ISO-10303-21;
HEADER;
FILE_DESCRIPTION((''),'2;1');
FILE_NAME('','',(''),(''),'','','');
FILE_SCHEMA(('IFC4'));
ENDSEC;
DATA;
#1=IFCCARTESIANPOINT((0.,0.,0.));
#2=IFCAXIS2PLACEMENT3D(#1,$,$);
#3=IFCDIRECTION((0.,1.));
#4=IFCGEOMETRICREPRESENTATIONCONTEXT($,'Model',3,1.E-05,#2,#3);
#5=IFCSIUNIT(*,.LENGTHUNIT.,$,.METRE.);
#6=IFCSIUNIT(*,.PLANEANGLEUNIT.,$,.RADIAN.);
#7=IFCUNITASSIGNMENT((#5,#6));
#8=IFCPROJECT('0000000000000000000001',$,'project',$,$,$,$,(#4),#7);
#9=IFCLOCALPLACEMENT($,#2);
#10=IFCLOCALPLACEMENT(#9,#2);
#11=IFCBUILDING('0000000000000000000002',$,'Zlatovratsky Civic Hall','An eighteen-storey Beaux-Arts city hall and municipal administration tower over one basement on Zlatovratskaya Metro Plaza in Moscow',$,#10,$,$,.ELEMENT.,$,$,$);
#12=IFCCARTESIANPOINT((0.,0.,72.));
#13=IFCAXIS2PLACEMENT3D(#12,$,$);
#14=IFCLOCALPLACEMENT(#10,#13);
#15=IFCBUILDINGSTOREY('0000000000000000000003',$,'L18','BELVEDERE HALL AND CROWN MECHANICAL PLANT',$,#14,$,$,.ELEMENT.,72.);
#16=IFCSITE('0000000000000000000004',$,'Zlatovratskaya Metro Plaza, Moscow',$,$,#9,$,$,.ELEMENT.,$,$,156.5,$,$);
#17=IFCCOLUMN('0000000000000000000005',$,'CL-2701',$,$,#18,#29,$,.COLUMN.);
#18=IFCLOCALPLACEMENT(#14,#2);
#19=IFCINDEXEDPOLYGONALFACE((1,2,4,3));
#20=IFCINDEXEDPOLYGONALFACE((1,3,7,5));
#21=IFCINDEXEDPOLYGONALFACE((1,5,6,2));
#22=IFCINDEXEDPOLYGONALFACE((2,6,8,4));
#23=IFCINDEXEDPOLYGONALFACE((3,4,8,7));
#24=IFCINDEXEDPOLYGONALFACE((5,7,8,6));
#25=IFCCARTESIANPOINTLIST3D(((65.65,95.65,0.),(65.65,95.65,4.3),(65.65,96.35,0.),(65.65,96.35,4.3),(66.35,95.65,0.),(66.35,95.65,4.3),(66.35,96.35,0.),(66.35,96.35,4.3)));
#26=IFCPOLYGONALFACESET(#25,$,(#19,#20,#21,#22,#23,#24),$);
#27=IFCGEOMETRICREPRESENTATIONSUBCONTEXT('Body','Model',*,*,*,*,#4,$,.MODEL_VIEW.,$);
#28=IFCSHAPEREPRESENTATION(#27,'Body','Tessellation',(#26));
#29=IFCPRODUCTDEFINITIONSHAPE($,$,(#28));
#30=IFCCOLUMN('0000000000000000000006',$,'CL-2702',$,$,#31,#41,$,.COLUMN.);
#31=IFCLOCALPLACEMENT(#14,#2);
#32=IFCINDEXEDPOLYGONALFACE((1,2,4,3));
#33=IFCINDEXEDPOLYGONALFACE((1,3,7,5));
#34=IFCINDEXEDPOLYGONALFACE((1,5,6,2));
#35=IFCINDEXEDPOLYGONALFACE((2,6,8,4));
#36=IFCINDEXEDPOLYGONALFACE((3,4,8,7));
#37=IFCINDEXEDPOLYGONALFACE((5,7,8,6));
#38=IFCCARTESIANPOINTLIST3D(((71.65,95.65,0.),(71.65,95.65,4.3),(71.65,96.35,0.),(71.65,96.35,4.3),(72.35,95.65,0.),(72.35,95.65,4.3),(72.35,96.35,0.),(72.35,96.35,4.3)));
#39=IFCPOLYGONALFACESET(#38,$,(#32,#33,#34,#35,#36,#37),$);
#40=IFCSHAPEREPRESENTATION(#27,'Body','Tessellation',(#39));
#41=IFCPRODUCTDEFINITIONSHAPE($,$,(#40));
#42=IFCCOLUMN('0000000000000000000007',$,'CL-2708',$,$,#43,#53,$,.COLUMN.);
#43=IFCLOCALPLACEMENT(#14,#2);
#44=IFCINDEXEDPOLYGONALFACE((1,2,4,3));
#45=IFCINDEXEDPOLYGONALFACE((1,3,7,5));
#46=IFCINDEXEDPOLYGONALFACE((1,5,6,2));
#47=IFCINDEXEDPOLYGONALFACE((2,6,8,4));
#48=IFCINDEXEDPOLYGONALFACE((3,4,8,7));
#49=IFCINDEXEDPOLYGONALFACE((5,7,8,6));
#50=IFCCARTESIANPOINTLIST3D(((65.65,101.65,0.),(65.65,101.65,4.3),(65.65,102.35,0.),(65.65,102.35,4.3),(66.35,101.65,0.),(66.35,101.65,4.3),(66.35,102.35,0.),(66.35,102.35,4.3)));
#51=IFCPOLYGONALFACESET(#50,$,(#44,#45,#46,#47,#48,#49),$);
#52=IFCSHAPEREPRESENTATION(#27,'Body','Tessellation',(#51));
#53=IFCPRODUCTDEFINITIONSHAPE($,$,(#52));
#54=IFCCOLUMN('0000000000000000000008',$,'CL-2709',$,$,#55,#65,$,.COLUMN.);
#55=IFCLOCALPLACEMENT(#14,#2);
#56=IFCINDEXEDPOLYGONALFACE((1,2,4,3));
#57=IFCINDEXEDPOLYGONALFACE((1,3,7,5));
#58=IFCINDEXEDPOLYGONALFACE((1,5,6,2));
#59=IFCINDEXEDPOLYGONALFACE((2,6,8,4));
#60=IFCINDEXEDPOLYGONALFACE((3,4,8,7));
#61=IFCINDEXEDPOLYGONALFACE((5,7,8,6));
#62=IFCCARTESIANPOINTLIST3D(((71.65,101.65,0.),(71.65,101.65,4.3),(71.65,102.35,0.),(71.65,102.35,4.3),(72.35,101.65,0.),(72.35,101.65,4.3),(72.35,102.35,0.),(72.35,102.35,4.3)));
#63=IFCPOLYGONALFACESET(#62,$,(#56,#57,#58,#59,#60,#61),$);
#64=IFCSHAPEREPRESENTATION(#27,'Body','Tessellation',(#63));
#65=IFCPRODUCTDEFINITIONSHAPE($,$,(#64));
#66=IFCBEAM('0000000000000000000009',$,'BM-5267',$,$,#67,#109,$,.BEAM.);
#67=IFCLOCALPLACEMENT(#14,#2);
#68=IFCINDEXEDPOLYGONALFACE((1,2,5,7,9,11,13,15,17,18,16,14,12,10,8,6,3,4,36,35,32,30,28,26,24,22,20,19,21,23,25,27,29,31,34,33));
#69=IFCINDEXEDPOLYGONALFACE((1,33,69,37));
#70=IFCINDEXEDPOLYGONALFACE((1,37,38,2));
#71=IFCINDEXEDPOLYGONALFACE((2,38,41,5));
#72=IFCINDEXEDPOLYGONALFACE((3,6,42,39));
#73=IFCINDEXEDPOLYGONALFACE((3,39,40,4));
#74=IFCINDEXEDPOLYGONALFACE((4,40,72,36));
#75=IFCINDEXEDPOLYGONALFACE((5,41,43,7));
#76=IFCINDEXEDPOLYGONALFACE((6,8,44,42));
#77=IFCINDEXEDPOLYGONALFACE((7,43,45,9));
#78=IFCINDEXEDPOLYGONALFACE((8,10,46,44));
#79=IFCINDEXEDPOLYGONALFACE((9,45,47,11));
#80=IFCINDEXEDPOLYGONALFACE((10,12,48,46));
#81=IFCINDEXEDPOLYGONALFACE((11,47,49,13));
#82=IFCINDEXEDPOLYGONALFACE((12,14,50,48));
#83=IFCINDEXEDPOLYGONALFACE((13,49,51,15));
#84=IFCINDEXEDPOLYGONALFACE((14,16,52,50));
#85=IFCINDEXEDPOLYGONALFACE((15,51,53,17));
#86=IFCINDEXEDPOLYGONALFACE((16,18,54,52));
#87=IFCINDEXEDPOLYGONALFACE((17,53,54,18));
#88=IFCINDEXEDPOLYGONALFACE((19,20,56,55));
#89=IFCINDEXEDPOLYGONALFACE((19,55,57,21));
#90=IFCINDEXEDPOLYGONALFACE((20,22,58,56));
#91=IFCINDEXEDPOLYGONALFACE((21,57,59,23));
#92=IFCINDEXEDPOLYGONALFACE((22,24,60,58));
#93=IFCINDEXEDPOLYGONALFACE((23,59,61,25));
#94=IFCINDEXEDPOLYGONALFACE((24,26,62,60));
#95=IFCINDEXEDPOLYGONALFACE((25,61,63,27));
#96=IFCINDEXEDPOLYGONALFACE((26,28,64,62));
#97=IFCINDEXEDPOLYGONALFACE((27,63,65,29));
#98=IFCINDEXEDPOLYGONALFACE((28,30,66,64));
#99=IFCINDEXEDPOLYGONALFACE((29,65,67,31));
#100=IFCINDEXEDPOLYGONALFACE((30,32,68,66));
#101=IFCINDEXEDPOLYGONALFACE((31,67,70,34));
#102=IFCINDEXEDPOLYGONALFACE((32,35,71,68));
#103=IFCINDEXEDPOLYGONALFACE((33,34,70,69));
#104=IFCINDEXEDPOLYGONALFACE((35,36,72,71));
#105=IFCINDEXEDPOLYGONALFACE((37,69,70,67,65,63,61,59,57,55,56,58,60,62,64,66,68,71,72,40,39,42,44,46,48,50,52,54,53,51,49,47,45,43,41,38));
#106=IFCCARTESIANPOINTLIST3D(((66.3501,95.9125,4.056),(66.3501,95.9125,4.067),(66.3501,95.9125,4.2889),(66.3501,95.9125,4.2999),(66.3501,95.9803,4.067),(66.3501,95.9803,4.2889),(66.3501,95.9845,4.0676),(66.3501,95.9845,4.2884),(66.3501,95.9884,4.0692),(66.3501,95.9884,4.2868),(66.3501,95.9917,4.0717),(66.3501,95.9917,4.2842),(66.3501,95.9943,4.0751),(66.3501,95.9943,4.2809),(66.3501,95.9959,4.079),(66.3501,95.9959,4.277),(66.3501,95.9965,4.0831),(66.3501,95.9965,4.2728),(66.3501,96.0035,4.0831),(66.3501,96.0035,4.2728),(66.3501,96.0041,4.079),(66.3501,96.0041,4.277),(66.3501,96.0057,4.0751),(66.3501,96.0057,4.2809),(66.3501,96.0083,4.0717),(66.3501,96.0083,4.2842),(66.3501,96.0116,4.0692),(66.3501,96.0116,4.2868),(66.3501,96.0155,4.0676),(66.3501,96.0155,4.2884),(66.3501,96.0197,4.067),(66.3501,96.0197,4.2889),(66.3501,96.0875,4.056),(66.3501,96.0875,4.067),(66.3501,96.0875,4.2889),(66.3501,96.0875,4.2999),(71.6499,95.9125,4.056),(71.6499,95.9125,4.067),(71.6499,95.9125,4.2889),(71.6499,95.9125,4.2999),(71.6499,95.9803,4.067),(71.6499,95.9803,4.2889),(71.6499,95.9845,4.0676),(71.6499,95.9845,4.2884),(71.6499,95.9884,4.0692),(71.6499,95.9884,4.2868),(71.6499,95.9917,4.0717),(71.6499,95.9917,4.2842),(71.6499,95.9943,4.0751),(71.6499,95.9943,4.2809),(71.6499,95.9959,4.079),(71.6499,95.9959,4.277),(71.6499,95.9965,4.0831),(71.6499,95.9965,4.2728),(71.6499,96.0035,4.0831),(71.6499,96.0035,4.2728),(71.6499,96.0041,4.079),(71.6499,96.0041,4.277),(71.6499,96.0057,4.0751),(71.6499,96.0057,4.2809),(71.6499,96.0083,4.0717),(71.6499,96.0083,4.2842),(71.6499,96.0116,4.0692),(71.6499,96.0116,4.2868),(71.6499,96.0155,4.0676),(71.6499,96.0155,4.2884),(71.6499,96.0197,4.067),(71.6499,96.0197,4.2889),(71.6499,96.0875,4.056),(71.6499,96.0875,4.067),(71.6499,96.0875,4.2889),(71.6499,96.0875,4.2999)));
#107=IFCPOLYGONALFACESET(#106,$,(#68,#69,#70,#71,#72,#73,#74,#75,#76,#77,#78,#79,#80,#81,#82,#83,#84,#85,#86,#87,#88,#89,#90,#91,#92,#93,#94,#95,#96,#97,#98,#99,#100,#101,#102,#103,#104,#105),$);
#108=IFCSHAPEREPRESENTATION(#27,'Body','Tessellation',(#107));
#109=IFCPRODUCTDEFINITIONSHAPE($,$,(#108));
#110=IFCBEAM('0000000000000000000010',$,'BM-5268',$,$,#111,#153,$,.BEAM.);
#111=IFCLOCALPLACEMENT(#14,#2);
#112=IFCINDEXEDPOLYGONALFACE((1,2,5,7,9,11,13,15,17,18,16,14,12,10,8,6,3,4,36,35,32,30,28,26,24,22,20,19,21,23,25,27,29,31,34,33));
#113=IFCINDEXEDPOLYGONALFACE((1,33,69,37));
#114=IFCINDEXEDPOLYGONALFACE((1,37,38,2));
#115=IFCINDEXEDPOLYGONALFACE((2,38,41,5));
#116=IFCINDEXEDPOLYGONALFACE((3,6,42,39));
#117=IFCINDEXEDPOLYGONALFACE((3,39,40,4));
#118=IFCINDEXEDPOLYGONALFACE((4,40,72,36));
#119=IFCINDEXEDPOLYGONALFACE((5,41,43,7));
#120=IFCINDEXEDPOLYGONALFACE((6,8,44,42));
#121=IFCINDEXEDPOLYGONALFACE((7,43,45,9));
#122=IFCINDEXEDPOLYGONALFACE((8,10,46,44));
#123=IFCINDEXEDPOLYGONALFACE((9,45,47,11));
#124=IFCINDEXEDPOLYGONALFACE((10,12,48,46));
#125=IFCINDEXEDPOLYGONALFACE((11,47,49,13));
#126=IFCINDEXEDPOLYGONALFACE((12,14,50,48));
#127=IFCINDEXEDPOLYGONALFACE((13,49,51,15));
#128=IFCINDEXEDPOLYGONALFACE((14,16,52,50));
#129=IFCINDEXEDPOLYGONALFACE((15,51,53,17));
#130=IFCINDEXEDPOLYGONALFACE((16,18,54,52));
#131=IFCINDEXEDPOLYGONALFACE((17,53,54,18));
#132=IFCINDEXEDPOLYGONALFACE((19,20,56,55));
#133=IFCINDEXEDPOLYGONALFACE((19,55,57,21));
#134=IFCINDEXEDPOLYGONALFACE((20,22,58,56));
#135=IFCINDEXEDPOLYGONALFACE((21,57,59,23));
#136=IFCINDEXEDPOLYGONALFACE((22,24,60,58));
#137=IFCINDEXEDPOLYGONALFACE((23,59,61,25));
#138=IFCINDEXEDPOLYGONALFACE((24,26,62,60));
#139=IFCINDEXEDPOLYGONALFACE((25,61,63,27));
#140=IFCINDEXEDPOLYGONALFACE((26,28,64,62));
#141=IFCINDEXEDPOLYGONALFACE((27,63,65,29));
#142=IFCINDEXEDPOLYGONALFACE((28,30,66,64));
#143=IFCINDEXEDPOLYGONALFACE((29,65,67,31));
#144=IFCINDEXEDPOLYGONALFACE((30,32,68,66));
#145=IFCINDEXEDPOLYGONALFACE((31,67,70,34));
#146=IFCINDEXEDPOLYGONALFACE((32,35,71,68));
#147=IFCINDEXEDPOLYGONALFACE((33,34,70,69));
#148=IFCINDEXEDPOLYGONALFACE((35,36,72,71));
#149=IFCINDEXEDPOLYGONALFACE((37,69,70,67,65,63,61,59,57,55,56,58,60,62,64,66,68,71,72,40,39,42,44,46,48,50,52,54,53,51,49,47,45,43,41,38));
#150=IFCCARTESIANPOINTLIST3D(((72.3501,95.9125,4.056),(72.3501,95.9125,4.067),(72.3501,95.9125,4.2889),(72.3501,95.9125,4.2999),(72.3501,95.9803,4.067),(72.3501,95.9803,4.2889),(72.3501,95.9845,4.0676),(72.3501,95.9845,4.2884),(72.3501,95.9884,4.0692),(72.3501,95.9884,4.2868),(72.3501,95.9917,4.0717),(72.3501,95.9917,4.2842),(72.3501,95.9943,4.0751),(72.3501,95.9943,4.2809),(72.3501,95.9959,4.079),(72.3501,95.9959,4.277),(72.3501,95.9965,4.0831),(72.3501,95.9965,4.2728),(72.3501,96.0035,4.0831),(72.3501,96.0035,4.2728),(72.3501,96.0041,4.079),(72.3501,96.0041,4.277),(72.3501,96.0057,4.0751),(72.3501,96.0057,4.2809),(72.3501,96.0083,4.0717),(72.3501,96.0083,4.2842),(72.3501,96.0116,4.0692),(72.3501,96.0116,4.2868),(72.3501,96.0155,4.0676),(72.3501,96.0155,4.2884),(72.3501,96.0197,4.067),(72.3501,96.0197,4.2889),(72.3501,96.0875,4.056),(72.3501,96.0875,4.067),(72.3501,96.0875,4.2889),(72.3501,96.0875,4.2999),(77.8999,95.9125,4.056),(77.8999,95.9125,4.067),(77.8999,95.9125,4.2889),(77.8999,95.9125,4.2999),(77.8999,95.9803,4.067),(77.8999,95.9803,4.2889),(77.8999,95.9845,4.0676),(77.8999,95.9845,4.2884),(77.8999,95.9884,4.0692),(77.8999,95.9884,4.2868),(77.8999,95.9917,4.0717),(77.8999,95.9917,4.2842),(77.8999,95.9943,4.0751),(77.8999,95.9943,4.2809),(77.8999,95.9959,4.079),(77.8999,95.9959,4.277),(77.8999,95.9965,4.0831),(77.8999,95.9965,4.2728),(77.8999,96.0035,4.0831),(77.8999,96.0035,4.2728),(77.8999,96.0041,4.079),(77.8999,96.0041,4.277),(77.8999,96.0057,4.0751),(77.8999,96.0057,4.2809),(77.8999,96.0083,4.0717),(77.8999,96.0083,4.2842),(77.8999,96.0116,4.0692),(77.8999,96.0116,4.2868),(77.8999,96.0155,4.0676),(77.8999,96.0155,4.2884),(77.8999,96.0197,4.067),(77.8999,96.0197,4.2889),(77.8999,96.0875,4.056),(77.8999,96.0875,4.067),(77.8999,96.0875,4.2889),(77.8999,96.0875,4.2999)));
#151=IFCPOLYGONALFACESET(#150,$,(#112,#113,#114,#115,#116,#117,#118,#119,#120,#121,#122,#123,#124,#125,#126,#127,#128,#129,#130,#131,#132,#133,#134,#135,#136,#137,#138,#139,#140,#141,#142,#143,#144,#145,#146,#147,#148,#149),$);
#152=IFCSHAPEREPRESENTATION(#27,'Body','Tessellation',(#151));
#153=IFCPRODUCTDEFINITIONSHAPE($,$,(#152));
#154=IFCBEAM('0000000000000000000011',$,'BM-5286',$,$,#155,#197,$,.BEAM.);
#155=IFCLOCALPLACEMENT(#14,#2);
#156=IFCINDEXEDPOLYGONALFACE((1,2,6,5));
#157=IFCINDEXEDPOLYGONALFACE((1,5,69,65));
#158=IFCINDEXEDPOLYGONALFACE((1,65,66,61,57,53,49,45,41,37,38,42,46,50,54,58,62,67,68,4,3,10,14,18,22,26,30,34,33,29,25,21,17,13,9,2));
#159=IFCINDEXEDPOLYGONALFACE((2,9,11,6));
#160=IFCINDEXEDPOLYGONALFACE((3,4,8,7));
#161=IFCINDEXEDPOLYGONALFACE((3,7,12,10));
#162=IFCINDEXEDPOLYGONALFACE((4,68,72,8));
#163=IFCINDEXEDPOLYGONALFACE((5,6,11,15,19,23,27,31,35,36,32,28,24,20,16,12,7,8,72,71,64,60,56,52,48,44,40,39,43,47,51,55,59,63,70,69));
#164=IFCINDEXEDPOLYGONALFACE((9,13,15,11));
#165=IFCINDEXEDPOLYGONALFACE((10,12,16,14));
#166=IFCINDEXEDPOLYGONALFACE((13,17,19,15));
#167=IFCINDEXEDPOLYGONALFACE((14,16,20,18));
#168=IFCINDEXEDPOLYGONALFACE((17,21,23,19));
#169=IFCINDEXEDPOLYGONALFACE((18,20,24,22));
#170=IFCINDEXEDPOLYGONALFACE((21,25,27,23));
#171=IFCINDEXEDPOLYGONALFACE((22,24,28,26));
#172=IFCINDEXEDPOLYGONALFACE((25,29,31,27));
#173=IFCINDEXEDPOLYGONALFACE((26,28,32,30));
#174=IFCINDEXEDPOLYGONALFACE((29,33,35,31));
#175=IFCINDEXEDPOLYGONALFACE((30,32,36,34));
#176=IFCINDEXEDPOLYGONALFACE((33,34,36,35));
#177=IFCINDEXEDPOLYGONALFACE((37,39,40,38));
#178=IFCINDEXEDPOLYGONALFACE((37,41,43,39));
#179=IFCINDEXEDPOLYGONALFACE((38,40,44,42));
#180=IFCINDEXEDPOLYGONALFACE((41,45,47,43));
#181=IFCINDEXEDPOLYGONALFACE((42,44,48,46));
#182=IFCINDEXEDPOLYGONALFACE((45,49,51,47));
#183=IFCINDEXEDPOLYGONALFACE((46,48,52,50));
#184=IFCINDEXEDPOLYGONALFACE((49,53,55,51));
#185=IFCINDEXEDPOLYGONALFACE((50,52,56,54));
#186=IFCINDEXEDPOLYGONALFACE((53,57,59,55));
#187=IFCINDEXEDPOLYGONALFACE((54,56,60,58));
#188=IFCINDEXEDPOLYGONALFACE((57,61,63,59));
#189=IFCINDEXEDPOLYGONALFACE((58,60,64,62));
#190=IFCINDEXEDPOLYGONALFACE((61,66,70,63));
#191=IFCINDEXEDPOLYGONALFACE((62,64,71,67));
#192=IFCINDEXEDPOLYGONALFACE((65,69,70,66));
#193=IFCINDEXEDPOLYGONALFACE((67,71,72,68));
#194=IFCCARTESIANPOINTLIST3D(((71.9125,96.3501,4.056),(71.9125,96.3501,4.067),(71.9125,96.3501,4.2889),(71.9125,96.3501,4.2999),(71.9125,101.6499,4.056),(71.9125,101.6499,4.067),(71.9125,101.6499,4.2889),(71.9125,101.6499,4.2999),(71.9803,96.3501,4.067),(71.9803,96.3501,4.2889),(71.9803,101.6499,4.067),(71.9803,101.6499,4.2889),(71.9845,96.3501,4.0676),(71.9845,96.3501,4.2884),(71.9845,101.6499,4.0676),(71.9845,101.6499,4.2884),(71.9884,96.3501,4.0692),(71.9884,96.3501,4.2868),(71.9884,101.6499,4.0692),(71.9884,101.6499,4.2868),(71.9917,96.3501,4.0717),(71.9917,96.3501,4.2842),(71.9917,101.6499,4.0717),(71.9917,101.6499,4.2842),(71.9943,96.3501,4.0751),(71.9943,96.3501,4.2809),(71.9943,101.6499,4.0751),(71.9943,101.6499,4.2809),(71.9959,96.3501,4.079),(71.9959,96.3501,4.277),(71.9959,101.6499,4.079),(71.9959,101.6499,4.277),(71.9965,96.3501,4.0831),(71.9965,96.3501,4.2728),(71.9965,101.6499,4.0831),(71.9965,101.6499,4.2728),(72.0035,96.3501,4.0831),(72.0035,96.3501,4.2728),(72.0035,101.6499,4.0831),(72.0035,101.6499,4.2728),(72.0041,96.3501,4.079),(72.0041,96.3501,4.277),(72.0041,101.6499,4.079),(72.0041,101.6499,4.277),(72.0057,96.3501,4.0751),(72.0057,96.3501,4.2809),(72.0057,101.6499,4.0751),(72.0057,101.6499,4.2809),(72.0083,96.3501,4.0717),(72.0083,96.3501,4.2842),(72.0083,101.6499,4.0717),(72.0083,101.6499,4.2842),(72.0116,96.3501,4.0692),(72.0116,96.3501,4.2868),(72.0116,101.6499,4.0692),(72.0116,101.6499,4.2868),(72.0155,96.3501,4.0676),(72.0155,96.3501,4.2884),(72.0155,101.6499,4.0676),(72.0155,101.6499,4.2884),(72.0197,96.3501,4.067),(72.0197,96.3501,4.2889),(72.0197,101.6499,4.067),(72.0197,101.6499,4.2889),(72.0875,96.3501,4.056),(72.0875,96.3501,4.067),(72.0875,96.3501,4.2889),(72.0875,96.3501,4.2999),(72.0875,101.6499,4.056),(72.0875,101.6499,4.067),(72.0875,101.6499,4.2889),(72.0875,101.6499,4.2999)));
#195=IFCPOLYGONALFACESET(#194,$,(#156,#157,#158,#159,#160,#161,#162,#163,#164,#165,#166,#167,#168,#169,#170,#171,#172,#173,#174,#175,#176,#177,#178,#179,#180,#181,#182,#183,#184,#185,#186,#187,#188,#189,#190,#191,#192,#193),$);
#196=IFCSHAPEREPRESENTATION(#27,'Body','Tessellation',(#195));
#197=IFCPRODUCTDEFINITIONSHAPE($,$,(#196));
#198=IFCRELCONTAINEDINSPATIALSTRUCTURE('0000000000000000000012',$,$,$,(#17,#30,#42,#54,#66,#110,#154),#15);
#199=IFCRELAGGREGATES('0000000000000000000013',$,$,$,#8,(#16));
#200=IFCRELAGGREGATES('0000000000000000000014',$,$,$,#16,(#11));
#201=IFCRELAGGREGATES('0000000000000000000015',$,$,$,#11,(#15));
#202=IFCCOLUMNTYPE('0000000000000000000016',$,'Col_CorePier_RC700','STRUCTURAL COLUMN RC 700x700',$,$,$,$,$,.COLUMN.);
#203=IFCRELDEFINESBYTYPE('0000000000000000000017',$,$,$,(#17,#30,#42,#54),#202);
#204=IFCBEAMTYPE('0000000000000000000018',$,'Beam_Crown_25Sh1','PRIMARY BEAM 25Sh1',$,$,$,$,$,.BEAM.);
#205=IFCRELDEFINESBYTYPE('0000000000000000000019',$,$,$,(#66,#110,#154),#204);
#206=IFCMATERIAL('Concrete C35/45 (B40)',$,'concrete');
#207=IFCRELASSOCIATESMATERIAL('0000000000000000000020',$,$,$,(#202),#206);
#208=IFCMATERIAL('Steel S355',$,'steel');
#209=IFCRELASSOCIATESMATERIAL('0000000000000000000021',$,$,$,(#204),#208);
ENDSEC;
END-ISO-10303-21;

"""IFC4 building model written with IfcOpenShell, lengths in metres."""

from ifc_helpers import new_model, si_unit, direction, frame, origin, origin_2d, place, context, subcontext, project, spatial, rectangle, i_section, extrude, material, material_profile, profile_set, type_object, element, save


model = new_model("IFC4")

# Units and contexts
model_context = context("Model", 3, precision=1e-05, world=origin(), true_north=direction((0.0, 1.0)))
body_context = subcontext(model_context, "Body", "Model", "MODEL_VIEW")
ifc_project = project(units=[si_unit("LENGTHUNIT", "METRE"), si_unit("PLANEANGLEUNIT", "RADIAN")], contexts=[model_context])

# Site, building, storey
site_placement = place(None, origin())
site = spatial("IfcSite", under=ifc_project, at=site_placement, Name="Zlatovratskaya Metro Plaza, Moscow", CompositionType="ELEMENT", RefElevation=156.5)
building_placement = place(site_placement, origin())
building = spatial("IfcBuilding", under=site, at=building_placement, Name="Zlatovratsky Civic Hall", Description="An eighteen-storey Beaux-Arts city hall and municipal administration tower over one basement on Zlatovratskaya Metro Plaza in Moscow", CompositionType="ELEMENT")
storey_placement = place(building_placement, frame((0.0, 0.0, 72.0)))
storey = spatial("IfcBuildingStorey", under=building, at=storey_placement, Name="L18", Description="BELVEDERE HALL AND CROWN MECHANICAL PLANT", CompositionType="ELEMENT", Elevation=72.0)

# Columns
ifc_material_1 = material(Name="Concrete C35/45 (B40)", Category="concrete")
ifc_material_profile_1 = material_profile(ifc_material_1, rectangle(XDim=0.7, YDim=0.7, at=origin_2d()), Name="RC 700x700")
ifc_profile_set_1 = profile_set([ifc_material_profile_1], Name="Concrete C35/45 (B40)")
column_type = type_object("IfcColumnType", Name="Col_CorePier_RC700", Description="STRUCTURAL COLUMN RC 700x700", PredefinedType="COLUMN", material=ifc_profile_set_1)
for number, where, z_axis, x_axis, name in (
    (1, (66.0, 96.0, 0.0), (0.0, 0.0, 1.0), (1.0, 0.0, 0.0), "CL-2701"),
    (2, (72.0, 96.0, 0.0), (0.0, 0.0, 1.0), (1.0, 0.0, 0.0), "CL-2702"),
    (3, (66.0, 102.0, 0.0), (0.0, 0.0, 1.0), (1.0, 0.0, 0.0), "CL-2708"),
    (4, (72.0, 102.0, 0.0), (0.0, 0.0, 1.0), (1.0, 0.0, 0.0), "CL-2709"),
):
    element("IfcColumn", number, at=place(storey_placement, frame(where, z_axis=z_axis, x_axis=x_axis)), inside=storey, type_object=column_type, Name=name, PredefinedType="COLUMN", context=body_context, shape_type="SweptSolid", body=[
        extrude(rectangle(XDim=0.7, YDim=0.7, at=origin_2d()), origin(), (0.0, 0.0, 1.0), 4.3),
    ])

# Beams
ifc_material_2 = material(Name="Steel S355", Category="steel")
ifc_material_profile_2 = material_profile(ifc_material_2, i_section(OverallWidth=0.175, OverallDepth=0.2439, WebThickness=0.0071, FlangeThickness=0.011, FilletRadius=0.0161, at=origin_2d()), Name="25Sh1")
ifc_profile_set_2 = profile_set([ifc_material_profile_2], Name="Steel S355")
beam_type_1 = type_object("IfcBeamType", Name="Beam_Crown_25Sh1", Description="PRIMARY BEAM 25Sh1", PredefinedType="BEAM", material=ifc_profile_set_2)
beam_1_placement = place(storey_placement, frame((66.3501, 96.0, 4.178), z_axis=(1.0, 0.0, 0.0), x_axis=(0.0, 1.0, 0.0)))
element("IfcBeam", 5, at=beam_1_placement, inside=storey, type_object=beam_type_1, Name="BM-5267", PredefinedType="BEAM", context=body_context, shape_type="SweptSolid", body=[
    extrude(i_section(OverallWidth=0.175, OverallDepth=0.2439, WebThickness=0.0071, FlangeThickness=0.011, FilletRadius=0.0161, at=origin_2d()), origin(), (0.0, 0.0, 1.0), 5.2998),
])
beam_2_placement = place(storey_placement, frame((72.3501, 96.0, 4.178), z_axis=(1.0, 0.0, 0.0), x_axis=(0.0, 1.0, 0.0)))
element("IfcBeam", 6, at=beam_2_placement, inside=storey, type_object=beam_type_1, Name="BM-5268", PredefinedType="BEAM", context=body_context, shape_type="SweptSolid", body=[
    extrude(i_section(OverallWidth=0.175, OverallDepth=0.2439, WebThickness=0.0071, FlangeThickness=0.011, FilletRadius=0.0161, at=origin_2d()), origin(), (0.0, 0.0, 1.0), 5.5498),
])
beam_3_placement = place(storey_placement, frame((72.0, 96.3501, 4.178), z_axis=(0.0, 1.0, 0.0), x_axis=(-1.0, 0.0, 0.0)))
element("IfcBeam", 7, at=beam_3_placement, inside=storey, type_object=beam_type_1, Name="BM-5286", PredefinedType="BEAM", context=body_context, shape_type="SweptSolid", body=[
    extrude(i_section(OverallWidth=0.175, OverallDepth=0.2439, WebThickness=0.0071, FlangeThickness=0.011, FilletRadius=0.0161, at=origin_2d()), origin(), (0.0, 0.0, 1.0), 5.2998),
])

save(model, "model.ifc")
